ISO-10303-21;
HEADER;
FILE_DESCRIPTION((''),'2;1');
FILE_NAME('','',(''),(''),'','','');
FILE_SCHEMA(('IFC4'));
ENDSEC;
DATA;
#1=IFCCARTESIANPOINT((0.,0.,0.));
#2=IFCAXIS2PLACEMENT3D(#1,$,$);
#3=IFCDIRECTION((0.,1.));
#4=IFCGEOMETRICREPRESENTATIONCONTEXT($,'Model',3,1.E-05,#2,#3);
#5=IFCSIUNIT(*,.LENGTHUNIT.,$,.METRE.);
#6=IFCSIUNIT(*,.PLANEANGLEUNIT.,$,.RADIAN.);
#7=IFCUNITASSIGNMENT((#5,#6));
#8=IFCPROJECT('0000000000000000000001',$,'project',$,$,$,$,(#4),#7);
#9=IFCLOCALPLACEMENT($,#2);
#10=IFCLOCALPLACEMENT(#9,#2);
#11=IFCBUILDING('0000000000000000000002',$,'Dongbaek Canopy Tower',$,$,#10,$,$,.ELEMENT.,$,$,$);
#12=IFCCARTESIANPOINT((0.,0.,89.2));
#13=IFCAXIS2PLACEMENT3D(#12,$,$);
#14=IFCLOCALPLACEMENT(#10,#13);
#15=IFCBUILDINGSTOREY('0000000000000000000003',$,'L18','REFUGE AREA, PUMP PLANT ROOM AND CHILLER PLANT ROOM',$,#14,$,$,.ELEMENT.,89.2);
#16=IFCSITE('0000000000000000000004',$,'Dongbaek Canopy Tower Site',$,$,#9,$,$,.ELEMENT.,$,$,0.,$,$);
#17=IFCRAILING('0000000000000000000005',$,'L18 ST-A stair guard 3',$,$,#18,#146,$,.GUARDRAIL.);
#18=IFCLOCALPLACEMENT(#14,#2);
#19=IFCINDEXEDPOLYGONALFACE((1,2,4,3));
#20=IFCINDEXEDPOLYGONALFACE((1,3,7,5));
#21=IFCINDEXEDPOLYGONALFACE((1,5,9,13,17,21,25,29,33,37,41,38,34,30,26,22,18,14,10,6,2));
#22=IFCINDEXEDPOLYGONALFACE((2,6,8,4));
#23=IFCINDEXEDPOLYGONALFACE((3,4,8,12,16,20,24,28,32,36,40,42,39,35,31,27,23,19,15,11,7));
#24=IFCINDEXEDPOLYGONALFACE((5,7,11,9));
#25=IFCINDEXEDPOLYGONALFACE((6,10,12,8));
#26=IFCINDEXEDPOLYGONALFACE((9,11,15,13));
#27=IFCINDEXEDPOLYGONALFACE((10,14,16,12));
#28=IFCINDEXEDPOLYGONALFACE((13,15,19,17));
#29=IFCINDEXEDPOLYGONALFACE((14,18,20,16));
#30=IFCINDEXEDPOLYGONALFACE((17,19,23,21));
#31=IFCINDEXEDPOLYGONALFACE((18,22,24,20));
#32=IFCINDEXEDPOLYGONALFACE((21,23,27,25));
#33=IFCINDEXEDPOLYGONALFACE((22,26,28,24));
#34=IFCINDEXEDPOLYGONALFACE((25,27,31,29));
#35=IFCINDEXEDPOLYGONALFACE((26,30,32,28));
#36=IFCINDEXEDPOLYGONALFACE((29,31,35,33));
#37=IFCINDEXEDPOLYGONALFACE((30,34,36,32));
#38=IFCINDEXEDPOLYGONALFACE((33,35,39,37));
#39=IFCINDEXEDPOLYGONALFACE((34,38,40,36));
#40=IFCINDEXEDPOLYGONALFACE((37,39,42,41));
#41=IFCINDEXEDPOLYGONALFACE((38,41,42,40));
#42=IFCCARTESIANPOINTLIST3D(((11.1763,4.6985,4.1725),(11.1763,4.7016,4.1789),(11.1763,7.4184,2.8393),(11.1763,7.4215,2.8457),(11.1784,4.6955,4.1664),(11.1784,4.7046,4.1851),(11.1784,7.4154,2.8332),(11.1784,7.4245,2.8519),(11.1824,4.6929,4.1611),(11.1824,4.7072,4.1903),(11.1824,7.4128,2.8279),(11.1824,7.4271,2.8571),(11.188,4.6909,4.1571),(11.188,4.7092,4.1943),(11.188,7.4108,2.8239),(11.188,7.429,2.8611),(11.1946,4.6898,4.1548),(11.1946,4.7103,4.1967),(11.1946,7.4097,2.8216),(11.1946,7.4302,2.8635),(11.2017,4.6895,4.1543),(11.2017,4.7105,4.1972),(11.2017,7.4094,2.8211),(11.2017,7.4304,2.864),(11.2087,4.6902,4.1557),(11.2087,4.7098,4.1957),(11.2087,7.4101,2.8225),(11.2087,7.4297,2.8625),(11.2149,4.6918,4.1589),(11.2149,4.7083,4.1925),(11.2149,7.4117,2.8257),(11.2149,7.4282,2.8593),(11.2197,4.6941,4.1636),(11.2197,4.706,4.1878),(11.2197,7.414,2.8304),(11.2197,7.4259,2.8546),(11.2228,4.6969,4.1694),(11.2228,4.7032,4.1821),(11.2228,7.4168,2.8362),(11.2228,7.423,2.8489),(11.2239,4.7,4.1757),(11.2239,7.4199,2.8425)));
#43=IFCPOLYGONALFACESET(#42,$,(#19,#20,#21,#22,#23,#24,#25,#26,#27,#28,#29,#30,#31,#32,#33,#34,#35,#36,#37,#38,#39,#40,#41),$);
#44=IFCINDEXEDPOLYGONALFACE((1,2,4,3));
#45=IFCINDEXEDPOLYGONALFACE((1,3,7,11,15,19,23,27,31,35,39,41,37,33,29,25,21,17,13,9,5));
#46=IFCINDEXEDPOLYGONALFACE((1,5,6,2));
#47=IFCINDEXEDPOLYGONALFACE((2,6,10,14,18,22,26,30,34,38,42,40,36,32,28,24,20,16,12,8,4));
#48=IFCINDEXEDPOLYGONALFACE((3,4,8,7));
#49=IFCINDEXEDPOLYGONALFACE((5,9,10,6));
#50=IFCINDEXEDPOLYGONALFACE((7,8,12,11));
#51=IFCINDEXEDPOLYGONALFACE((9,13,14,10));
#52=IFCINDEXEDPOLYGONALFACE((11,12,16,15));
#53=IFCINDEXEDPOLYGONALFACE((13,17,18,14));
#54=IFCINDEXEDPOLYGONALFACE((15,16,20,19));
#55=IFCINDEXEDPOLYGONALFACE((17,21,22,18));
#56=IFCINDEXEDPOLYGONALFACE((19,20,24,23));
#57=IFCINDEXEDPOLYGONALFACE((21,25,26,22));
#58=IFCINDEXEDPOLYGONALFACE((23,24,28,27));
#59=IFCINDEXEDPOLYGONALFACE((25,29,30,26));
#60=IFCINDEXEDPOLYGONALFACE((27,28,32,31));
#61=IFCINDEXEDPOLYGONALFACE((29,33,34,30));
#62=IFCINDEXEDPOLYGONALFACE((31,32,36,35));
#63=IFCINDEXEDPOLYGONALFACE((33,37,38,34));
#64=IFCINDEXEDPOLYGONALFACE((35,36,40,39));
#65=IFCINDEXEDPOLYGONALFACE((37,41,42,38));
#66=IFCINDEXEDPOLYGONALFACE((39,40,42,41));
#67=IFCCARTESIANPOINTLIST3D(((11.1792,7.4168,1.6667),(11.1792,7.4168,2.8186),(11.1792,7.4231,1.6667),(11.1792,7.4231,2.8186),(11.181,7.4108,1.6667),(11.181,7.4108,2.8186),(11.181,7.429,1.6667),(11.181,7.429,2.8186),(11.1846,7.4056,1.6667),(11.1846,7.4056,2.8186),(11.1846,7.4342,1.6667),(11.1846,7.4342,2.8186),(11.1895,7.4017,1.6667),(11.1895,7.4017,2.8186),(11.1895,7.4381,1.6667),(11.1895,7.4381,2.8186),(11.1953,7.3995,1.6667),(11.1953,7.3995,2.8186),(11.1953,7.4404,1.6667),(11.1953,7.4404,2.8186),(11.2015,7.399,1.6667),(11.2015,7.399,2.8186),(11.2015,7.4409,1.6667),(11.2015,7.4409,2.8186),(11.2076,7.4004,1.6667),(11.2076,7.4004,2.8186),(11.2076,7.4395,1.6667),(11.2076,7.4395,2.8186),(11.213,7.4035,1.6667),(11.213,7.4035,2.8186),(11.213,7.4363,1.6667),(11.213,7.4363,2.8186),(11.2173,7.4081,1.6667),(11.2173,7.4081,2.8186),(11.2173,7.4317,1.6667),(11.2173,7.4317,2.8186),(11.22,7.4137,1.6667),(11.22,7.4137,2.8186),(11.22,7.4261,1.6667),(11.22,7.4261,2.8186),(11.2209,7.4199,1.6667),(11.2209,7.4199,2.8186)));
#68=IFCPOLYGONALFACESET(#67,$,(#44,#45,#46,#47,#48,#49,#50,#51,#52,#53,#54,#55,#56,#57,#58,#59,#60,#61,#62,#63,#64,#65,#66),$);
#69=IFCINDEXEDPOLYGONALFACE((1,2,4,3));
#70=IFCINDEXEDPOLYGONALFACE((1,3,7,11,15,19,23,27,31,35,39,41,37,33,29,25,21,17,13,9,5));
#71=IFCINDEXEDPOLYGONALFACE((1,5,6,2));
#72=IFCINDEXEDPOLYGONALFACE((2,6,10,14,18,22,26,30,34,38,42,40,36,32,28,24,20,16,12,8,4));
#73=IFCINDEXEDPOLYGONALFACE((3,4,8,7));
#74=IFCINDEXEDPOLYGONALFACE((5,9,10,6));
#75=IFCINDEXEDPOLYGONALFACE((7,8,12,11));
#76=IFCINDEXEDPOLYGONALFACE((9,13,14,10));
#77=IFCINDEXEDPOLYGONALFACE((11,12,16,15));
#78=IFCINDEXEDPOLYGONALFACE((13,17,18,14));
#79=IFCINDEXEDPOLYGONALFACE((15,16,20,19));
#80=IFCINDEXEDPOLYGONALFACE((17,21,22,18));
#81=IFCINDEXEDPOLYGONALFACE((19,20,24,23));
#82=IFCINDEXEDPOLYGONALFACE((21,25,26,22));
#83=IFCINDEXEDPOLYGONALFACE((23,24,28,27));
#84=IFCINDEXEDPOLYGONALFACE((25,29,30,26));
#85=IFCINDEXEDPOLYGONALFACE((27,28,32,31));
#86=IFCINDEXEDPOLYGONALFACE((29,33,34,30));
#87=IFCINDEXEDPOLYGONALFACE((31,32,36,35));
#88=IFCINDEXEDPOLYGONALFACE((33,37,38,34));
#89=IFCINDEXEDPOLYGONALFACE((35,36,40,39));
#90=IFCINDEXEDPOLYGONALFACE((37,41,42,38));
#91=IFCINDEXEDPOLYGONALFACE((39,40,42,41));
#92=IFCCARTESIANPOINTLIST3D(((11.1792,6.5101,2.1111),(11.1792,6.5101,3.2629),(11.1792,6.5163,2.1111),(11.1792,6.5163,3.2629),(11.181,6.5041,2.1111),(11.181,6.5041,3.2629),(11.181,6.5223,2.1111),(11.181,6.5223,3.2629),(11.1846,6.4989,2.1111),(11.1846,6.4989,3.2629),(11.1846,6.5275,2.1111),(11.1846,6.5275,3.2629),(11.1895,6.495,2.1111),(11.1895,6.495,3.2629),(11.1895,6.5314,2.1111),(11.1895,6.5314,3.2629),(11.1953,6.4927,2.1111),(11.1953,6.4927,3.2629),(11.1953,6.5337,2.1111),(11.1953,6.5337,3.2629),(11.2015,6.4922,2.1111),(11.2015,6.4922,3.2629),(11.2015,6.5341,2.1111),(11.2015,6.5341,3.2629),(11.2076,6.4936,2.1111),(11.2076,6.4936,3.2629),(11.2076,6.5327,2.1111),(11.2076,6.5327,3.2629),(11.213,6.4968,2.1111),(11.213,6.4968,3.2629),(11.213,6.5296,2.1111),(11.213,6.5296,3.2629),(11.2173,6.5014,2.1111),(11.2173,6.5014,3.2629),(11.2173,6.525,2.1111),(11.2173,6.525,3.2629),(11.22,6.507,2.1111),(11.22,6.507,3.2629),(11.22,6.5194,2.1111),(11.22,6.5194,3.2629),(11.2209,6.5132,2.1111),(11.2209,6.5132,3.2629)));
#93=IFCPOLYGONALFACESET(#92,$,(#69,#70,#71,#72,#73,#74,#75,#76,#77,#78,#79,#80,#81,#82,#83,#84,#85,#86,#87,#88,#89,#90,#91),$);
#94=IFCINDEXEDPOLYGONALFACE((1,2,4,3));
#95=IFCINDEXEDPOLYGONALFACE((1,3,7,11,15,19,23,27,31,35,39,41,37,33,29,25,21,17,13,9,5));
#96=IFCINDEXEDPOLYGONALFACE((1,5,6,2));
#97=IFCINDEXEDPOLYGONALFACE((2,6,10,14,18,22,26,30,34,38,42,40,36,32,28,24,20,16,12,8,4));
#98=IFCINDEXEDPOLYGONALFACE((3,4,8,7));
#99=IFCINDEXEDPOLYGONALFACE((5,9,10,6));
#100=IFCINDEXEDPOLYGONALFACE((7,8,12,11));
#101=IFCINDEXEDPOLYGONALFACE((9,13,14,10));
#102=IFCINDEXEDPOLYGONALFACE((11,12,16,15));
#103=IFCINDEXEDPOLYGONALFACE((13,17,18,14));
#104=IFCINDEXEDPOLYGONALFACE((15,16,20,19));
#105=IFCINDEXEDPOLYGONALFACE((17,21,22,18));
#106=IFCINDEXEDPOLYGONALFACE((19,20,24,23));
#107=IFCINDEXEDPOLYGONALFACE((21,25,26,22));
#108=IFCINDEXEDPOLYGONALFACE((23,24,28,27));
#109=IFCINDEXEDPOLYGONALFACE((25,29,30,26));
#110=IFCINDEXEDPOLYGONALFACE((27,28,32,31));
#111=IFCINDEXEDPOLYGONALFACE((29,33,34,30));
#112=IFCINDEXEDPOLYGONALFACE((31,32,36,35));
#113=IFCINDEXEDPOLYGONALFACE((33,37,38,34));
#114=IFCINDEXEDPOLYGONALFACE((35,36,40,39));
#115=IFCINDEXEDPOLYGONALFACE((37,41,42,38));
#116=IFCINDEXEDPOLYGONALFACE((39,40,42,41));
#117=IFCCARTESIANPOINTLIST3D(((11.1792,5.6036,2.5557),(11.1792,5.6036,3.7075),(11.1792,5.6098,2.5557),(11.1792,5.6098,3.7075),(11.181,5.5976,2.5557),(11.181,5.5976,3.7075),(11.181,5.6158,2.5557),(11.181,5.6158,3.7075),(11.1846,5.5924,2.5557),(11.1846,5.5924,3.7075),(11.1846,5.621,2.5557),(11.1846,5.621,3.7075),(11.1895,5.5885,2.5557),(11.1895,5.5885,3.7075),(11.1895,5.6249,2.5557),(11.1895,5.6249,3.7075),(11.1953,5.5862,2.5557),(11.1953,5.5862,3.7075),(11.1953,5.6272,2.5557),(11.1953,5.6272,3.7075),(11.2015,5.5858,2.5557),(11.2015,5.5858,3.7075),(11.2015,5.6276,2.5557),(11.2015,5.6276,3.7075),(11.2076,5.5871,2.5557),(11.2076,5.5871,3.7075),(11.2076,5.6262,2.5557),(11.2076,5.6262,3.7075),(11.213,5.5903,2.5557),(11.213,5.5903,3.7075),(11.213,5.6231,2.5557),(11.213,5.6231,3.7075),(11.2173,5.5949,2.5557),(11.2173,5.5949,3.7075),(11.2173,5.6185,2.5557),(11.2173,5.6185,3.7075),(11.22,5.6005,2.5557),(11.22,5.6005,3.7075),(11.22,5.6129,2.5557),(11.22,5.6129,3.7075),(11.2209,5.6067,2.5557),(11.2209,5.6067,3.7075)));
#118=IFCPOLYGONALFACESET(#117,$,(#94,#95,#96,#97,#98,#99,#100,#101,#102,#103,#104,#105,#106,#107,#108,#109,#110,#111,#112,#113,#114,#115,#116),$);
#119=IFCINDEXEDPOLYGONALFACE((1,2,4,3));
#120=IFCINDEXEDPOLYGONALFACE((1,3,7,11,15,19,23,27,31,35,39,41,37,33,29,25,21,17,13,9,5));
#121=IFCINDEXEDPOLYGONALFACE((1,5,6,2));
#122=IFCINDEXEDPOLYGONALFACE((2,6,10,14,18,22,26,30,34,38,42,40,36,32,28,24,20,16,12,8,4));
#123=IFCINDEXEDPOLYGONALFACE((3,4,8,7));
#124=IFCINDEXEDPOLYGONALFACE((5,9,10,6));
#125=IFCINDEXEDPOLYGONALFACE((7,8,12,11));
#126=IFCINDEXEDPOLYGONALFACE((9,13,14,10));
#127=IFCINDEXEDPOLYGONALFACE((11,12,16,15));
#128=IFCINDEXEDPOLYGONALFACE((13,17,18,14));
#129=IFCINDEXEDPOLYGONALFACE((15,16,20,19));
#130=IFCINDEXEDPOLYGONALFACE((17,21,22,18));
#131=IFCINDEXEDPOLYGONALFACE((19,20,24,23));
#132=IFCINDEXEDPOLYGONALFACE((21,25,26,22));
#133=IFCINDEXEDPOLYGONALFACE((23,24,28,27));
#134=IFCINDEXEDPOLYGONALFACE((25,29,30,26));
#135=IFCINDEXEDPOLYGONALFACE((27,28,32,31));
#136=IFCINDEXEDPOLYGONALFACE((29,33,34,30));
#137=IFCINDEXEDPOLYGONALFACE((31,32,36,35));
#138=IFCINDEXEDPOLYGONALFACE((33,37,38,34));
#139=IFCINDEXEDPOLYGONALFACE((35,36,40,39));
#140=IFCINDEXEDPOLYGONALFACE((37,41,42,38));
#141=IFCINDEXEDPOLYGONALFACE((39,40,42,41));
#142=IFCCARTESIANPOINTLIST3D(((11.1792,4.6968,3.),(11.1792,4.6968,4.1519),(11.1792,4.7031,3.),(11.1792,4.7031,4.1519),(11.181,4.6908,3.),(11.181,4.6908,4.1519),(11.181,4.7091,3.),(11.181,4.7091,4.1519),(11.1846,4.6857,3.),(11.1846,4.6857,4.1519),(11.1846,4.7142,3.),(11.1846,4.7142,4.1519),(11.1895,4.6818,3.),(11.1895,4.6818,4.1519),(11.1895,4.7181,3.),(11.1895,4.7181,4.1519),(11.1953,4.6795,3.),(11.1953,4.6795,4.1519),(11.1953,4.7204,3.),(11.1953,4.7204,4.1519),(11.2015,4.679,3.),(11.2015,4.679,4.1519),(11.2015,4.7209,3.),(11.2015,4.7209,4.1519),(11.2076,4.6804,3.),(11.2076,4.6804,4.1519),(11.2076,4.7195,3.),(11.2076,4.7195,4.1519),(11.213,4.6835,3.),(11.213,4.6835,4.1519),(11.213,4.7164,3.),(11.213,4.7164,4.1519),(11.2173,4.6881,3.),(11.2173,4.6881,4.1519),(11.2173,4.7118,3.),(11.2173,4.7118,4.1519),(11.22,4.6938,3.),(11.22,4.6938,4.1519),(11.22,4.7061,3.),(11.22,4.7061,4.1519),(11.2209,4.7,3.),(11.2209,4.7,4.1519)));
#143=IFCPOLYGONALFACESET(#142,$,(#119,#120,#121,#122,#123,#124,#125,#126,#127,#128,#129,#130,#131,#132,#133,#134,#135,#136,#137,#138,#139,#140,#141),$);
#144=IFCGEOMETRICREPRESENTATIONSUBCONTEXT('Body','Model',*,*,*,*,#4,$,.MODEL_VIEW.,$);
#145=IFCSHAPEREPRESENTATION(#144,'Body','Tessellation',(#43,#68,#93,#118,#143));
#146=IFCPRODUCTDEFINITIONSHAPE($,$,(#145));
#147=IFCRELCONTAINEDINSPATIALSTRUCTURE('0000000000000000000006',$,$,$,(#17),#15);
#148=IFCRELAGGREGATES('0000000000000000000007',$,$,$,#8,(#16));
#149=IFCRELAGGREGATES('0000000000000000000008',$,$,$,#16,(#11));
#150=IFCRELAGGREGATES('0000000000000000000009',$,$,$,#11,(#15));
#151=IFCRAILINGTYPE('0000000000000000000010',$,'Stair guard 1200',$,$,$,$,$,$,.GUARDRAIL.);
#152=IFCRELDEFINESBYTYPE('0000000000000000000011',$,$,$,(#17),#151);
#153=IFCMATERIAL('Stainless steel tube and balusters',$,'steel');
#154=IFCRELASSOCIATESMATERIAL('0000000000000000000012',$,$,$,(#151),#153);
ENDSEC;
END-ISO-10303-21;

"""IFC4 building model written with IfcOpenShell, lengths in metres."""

from ifc_helpers import new_model, si_unit, direction, frame, origin, origin_2d, place, context, subcontext, project, spatial, circle, extrude, material, type_object, element, save


model = new_model("IFC4")

# Units and contexts
model_context = context("Model", 3, precision=1e-05, world=origin(), true_north=direction((0.0, 1.0)))
body_context = subcontext(model_context, "Body", "Model", "MODEL_VIEW")
ifc_project = project(units=[si_unit("LENGTHUNIT", "METRE"), si_unit("PLANEANGLEUNIT", "RADIAN")], contexts=[model_context])

# Site, building, storey
site_placement = place(None, origin())
site = spatial("IfcSite", under=ifc_project, at=site_placement, Name="Dongbaek Canopy Tower Site", CompositionType="ELEMENT", RefElevation=0.0)
building_placement = place(site_placement, origin())
building = spatial("IfcBuilding", under=site, at=building_placement, Name="Dongbaek Canopy Tower", CompositionType="ELEMENT")
storey_placement = place(building_placement, frame((0.0, 0.0, 89.2)))
storey = spatial("IfcBuildingStorey", under=building, at=storey_placement, Name="L18", Description="REFUGE AREA, PUMP PLANT ROOM AND CHILLER PLANT ROOM", CompositionType="ELEMENT", Elevation=89.2)

# Railing
ifc_material_1 = material(Name="Stainless steel tube and balusters", Category="steel")
railing_type_1 = type_object("IfcRailingType", Name="Stair guard 1200", PredefinedType="GUARDRAIL", material=ifc_material_1)
railing_1_placement = place(storey_placement, frame((11.2, 7.4199, 1.6667)))
element("IfcRailing", 1, at=railing_1_placement, inside=storey, type_object=railing_type_1, Name="L18 ST-A stair guard 3", PredefinedType="GUARDRAIL", context=body_context, shape_type="SweptSolid", body=[
    extrude(circle(Radius=0.0239, at=origin_2d()), frame((0.0, 0.0, 1.1758), z_axis=(0.0, -0.897929, 0.440139), x_axis=(1.0, 0.0, 0.0)), (0.0, 0.0, 1.0), 3.0291),
    extrude(circle(Radius=0.021, at=origin_2d()), origin(), (0.0, 0.0, 1.0), 1.1519),
    extrude(circle(Radius=0.021, at=origin_2d()), frame((0.0, -0.9067, 0.4443)), (0.0, 0.0, 1.0), 1.1519),
    extrude(circle(Radius=0.021, at=origin_2d()), frame((0.0, -1.8132, 0.8889)), (0.0, 0.0, 1.0), 1.1519),
    extrude(circle(Radius=0.021, at=origin_2d()), frame((0.0, -2.72, 1.3333)), (0.0, 0.0, 1.0), 1.1519),
])

save(model, "model.ifc")
